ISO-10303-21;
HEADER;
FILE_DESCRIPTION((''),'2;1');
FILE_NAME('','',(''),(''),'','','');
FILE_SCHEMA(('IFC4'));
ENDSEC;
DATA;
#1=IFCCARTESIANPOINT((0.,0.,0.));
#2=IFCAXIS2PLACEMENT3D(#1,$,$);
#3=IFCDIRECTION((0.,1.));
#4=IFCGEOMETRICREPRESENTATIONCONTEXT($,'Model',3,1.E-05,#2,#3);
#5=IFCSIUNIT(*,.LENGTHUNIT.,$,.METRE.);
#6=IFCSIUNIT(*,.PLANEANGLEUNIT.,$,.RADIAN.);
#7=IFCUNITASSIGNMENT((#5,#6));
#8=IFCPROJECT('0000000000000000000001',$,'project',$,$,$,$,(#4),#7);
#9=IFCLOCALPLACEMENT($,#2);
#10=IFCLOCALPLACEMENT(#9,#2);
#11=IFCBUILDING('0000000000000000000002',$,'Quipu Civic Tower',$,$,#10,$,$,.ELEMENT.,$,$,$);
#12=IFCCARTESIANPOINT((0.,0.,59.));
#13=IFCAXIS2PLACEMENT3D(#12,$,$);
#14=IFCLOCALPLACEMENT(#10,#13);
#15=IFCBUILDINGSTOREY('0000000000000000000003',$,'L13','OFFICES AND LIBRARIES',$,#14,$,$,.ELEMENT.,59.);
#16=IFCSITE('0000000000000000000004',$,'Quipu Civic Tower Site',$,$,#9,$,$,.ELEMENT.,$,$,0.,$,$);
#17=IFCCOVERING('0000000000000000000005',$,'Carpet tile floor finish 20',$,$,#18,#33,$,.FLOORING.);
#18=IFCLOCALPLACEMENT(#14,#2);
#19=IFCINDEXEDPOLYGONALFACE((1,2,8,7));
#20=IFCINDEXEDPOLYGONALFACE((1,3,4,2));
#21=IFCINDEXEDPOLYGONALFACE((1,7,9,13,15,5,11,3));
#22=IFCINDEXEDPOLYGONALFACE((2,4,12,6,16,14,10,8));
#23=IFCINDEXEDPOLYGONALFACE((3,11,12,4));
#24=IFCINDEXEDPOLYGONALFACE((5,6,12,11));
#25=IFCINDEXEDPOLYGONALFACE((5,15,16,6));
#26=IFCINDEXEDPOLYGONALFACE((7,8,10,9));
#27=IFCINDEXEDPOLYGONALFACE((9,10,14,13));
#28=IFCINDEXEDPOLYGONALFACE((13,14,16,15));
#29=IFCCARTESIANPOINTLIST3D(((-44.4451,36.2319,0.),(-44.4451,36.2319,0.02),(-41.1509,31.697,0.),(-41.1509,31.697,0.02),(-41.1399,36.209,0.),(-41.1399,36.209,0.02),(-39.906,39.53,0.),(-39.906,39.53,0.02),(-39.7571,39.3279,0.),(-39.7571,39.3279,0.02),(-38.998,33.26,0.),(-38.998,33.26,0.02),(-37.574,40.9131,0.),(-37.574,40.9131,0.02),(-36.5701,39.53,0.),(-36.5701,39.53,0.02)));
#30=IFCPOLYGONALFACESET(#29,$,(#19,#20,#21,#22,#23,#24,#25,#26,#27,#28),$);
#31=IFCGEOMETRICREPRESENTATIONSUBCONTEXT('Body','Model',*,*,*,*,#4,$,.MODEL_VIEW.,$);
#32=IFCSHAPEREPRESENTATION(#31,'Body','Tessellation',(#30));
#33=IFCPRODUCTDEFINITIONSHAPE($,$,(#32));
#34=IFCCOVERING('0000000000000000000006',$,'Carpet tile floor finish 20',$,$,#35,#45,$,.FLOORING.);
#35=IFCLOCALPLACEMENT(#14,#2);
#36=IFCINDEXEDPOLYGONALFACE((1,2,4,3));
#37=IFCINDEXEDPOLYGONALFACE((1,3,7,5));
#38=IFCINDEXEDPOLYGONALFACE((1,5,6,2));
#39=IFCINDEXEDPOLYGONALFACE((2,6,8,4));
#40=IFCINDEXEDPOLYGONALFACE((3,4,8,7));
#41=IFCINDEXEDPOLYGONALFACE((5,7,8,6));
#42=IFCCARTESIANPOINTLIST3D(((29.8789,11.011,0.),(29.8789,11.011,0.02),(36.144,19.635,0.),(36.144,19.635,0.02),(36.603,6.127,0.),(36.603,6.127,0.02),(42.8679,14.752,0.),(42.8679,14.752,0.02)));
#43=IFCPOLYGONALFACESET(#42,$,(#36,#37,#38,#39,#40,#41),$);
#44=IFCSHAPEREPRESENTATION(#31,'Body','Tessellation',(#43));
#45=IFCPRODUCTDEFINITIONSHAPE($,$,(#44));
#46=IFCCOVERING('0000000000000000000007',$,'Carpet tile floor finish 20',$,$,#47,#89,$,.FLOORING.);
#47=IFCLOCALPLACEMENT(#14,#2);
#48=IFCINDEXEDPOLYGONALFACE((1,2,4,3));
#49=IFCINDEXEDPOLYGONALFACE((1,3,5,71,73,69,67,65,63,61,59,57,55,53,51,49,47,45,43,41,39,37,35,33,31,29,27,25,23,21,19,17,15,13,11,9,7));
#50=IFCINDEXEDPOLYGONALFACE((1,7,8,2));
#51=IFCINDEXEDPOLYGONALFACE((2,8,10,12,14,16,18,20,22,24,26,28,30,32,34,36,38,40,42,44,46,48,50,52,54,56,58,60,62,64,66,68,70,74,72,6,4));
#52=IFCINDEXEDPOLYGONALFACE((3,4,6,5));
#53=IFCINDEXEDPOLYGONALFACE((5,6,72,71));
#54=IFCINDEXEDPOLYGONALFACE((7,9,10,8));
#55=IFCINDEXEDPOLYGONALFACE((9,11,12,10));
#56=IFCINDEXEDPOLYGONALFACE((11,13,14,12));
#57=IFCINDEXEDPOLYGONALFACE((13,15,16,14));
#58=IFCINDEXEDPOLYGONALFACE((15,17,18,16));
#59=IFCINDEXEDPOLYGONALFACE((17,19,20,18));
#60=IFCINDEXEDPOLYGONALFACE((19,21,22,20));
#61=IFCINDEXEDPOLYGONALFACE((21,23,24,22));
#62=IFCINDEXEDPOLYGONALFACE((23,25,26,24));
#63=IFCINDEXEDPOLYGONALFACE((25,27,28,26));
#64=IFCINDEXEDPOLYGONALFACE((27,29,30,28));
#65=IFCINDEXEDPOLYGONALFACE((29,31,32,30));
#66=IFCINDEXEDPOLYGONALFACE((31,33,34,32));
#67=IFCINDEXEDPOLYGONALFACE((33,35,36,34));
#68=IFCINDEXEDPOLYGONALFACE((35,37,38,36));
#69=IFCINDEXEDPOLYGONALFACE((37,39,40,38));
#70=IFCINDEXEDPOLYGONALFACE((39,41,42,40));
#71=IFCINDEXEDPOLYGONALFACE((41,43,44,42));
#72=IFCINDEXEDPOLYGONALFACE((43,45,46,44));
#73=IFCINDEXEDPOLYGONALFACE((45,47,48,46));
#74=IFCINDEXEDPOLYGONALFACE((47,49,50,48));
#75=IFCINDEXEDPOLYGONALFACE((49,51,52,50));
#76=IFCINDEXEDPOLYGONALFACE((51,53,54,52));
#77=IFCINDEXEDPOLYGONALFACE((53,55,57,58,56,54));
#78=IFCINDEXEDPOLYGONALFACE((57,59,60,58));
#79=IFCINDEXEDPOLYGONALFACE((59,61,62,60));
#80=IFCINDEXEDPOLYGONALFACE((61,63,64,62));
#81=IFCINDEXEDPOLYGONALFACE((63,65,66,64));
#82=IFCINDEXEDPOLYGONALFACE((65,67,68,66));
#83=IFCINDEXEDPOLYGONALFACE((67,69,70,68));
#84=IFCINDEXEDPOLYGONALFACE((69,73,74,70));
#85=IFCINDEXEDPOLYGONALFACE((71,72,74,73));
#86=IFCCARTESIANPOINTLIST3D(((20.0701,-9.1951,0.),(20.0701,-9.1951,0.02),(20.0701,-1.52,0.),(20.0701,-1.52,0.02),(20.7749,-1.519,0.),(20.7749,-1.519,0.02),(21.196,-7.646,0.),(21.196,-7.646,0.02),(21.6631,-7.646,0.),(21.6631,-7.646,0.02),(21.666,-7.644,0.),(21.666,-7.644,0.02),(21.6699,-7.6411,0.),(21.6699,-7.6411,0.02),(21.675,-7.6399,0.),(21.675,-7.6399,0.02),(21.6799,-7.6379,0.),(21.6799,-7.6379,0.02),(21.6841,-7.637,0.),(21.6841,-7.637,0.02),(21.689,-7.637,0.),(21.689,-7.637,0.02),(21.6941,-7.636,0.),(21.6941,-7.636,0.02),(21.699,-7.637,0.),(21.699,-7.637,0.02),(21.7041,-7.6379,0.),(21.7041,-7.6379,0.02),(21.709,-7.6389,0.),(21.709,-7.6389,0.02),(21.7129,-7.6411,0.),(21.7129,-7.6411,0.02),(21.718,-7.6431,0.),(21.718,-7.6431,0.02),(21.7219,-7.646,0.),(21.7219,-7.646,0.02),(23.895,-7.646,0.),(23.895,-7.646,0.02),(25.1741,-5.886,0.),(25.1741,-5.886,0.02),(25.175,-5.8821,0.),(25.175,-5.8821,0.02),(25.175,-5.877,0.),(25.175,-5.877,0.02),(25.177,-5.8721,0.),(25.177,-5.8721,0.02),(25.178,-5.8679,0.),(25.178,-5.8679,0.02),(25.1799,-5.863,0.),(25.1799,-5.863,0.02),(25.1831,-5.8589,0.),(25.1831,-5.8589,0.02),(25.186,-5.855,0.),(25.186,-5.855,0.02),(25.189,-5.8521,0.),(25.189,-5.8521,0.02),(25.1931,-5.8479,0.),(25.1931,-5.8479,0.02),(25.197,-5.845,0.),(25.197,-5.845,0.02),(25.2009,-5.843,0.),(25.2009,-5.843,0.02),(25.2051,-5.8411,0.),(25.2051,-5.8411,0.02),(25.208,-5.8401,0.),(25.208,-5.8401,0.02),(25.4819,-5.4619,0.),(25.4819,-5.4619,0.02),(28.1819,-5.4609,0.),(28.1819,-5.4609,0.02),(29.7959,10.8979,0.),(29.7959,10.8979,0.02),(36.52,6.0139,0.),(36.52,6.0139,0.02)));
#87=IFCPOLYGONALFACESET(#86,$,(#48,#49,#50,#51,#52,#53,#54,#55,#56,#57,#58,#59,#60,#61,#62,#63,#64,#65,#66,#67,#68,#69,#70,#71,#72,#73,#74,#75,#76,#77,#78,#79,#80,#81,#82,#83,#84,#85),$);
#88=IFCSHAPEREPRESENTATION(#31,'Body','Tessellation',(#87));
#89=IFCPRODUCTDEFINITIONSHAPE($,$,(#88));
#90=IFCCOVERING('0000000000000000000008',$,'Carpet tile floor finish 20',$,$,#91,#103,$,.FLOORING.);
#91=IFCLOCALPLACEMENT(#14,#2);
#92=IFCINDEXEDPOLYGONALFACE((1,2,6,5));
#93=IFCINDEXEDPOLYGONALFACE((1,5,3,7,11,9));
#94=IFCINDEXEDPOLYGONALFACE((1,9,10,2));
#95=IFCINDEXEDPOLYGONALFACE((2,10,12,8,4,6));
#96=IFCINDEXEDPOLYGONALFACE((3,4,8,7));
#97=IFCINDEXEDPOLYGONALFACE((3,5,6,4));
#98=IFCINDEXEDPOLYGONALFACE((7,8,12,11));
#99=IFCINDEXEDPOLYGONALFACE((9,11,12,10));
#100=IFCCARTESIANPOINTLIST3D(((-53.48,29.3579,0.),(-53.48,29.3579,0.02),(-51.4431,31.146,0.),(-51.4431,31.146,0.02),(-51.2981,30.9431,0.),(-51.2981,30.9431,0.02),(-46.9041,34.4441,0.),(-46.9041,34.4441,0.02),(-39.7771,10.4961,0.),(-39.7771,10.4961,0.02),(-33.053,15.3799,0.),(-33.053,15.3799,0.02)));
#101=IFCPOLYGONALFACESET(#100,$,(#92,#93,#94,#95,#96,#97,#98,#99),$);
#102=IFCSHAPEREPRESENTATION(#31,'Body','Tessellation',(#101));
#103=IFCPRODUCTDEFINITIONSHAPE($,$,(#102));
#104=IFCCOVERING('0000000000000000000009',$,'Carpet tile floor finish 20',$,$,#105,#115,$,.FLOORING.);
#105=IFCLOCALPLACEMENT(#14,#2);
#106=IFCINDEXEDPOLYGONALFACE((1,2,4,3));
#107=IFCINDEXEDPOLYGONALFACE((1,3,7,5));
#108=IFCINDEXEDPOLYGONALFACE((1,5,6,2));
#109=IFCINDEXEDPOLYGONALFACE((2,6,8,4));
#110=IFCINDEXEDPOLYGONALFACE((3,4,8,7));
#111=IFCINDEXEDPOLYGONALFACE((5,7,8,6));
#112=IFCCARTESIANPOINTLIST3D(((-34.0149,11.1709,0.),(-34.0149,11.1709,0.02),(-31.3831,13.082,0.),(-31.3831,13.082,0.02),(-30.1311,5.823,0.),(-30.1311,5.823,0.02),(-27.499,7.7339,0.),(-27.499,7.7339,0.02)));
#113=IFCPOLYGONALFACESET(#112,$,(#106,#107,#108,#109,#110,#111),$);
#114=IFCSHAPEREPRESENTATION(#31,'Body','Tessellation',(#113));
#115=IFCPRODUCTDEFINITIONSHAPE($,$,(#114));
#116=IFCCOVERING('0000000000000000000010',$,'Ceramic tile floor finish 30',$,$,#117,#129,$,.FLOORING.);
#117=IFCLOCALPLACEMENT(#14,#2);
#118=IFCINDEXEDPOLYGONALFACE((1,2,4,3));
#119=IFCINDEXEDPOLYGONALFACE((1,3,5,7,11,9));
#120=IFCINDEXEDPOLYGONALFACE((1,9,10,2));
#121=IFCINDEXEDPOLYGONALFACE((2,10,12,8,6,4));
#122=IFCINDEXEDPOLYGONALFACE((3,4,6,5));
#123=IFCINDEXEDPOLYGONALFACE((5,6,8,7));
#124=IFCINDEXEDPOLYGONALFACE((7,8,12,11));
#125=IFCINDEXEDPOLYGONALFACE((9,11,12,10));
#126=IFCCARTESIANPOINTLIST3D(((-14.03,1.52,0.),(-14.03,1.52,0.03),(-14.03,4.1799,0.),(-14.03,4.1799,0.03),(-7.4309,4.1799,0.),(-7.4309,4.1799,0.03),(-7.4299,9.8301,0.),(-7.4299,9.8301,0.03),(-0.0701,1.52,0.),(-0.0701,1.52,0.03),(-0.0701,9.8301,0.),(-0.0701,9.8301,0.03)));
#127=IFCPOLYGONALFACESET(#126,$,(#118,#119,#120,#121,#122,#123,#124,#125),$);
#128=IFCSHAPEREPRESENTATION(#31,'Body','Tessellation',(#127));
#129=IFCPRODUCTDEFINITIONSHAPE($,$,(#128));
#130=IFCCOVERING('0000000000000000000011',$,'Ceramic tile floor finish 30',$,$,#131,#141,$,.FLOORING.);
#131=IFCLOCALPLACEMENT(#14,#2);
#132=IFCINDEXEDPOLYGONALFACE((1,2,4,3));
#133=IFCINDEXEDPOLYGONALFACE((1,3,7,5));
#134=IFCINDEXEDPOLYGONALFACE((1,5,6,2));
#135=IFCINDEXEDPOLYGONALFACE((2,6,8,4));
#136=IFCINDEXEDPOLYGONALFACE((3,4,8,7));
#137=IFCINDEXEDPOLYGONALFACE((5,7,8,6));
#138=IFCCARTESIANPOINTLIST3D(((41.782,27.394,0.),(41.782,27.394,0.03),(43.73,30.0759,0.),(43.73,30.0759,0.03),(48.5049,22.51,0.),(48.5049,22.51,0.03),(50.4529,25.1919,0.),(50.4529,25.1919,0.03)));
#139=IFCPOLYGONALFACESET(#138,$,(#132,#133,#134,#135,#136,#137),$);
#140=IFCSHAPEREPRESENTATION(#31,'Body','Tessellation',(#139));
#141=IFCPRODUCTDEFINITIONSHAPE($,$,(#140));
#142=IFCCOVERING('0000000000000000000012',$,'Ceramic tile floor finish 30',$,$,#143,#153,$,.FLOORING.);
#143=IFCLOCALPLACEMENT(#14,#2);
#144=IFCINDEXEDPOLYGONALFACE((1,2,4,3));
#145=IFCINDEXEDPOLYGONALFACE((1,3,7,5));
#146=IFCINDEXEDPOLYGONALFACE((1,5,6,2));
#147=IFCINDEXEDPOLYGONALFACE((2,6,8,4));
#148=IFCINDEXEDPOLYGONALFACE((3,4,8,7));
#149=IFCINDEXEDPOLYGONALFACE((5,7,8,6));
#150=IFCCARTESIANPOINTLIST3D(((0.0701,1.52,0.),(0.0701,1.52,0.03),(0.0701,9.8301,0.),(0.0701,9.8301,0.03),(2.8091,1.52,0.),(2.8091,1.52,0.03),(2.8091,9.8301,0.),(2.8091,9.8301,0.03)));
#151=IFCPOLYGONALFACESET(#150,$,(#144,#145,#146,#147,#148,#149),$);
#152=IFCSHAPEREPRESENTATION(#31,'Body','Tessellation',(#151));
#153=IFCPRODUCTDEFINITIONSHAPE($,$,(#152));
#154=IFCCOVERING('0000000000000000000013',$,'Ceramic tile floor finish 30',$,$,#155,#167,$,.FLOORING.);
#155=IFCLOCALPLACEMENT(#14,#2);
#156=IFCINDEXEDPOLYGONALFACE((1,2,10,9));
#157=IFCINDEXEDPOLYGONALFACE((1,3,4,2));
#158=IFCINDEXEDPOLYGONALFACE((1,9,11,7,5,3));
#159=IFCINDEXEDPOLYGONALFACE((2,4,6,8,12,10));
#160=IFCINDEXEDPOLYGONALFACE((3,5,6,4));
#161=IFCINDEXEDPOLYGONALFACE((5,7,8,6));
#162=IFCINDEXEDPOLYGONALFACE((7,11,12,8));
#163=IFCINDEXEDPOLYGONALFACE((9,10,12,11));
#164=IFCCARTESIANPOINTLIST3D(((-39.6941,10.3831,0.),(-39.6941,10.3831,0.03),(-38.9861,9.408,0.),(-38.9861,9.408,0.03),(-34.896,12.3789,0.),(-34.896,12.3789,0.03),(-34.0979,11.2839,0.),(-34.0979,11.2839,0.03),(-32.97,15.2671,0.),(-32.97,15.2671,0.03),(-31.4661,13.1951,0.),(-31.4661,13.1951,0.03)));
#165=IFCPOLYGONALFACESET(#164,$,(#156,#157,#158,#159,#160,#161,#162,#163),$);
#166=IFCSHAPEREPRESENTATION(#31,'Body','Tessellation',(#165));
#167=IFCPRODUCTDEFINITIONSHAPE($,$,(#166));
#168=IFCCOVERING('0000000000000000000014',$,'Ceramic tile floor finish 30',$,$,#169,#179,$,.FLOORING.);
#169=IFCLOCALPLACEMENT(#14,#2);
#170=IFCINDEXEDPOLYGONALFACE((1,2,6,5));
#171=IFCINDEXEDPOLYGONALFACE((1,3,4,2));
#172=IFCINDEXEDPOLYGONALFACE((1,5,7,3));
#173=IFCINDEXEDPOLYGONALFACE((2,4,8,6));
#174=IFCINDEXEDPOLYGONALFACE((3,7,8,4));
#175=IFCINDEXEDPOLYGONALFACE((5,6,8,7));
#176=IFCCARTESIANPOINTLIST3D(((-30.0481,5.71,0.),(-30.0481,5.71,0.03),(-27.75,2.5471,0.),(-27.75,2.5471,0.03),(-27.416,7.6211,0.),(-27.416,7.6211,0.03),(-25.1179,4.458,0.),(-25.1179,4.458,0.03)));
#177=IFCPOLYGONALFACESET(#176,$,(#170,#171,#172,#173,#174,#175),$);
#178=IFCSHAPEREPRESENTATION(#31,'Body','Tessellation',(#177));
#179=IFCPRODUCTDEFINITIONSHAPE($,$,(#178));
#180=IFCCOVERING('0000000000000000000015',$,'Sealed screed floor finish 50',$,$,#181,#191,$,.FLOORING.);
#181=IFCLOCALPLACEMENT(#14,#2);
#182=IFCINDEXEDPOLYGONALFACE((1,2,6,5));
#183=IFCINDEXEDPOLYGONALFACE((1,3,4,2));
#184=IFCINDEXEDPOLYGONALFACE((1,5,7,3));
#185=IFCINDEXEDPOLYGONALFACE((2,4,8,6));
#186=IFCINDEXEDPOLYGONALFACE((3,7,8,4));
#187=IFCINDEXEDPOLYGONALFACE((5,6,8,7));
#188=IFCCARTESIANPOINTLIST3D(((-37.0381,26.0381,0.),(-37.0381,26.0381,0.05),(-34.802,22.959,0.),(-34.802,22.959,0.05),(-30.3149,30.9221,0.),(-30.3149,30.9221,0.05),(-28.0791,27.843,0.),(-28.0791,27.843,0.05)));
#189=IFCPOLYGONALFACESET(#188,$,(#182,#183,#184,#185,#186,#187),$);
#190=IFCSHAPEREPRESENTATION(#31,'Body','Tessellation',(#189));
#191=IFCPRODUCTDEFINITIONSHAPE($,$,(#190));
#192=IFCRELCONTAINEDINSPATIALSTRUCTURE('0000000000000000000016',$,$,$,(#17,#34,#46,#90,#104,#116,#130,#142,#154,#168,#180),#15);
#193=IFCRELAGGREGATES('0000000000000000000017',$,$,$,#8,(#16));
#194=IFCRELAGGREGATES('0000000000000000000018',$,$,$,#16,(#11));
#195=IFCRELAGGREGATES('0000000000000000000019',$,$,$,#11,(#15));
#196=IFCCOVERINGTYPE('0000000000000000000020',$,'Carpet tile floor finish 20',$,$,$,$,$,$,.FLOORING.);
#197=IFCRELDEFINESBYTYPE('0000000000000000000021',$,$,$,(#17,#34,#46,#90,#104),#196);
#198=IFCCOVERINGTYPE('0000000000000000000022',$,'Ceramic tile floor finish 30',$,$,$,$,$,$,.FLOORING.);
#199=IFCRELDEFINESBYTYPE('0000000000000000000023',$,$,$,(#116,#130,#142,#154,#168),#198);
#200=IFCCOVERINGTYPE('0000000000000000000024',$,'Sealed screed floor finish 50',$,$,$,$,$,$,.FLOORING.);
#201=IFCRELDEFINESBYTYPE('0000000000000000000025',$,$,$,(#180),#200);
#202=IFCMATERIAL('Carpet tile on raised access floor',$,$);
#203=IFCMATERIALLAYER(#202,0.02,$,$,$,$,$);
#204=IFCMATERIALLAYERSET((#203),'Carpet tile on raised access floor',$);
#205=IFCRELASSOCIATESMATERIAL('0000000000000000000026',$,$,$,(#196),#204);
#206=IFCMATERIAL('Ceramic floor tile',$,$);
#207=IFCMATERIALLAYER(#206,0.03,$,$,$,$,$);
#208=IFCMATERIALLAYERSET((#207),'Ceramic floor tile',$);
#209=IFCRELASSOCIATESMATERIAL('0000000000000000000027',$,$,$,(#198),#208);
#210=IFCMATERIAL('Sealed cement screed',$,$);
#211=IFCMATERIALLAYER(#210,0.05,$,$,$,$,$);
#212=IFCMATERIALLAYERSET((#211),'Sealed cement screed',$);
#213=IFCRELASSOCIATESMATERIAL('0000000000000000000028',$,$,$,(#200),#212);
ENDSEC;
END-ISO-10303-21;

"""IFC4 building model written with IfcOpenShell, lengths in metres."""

from ifc_helpers import new_model, si_unit, direction, frame, origin, place, context, subcontext, project, spatial, polyline, outline, extrude, material, layer, layer_set, type_object, element, save


model = new_model("IFC4")

# Units and contexts
model_context = context("Model", 3, precision=1e-05, world=origin(), true_north=direction((0.0, 1.0)))
body_context = subcontext(model_context, "Body", "Model", "MODEL_VIEW")
ifc_project = project(units=[si_unit("LENGTHUNIT", "METRE"), si_unit("PLANEANGLEUNIT", "RADIAN")], contexts=[model_context])

# Site, building, storey
site_placement = place(None, origin())
site = spatial("IfcSite", under=ifc_project, at=site_placement, Name="Quipu Civic Tower Site", CompositionType="ELEMENT", RefElevation=0.0)
building_placement = place(site_placement, origin())
building = spatial("IfcBuilding", under=site, at=building_placement, Name="Quipu Civic Tower", CompositionType="ELEMENT")
storey_placement = place(building_placement, frame((0.0, 0.0, 59.0)))
storey = spatial("IfcBuildingStorey", under=building, at=storey_placement, Name="L13", Description="OFFICES AND LIBRARIES", CompositionType="ELEMENT", Elevation=59.0)

# Coverings
ifc_material_1 = material(Name="Carpet tile on raised access floor")
ifc_layer_1 = layer(ifc_material_1, 0.02)
ifc_layer_set_1 = layer_set([ifc_layer_1], Name="Carpet tile on raised access floor")
covering_type_1 = type_object("IfcCoveringType", Name="Carpet tile floor finish 20", PredefinedType="FLOORING", material=ifc_layer_set_1)
covering_1_placement = place(storey_placement, origin())
element("IfcCovering", 1, at=covering_1_placement, inside=storey, type_object=covering_type_1, Name="Carpet tile floor finish 20", PredefinedType="FLOORING", context=body_context, shape_type="SweptSolid", body=[
    extrude(outline(polyline([(-44.4451, 36.2319), (-39.906, 39.53), (-39.7571, 39.3279), (-37.574, 40.9131), (-36.5701, 39.53), (-41.1399, 36.209), (-38.998, 33.26), (-41.1509, 31.697), (-44.4451, 36.2319)])), origin(), (0.0, 0.0, 1.0), 0.02),
])
covering_2_placement = place(storey_placement, origin())
element("IfcCovering", 2, at=covering_2_placement, inside=storey, type_object=covering_type_1, Name="Carpet tile floor finish 20", PredefinedType="FLOORING", context=body_context, shape_type="SweptSolid", body=[
    extrude(outline(polyline([(29.8789, 11.011), (36.144, 19.635), (42.8679, 14.752), (36.603, 6.127), (29.8789, 11.011)])), origin(), (0.0, 0.0, 1.0), 0.02),
])
covering_3_placement = place(storey_placement, origin())
element("IfcCovering", 3, at=covering_3_placement, inside=storey, type_object=covering_type_1, Name="Carpet tile floor finish 20", PredefinedType="FLOORING", context=body_context, shape_type="SweptSolid", body=[
    extrude(outline(polyline([(20.0701, -9.1951), (20.0701, -1.52), (20.7749, -1.519), (29.7959, 10.8979), (36.52, 6.0139), (28.1819, -5.4609), (25.4819, -5.4619), (25.208, -5.8401), (25.2051, -5.8411), (25.2009, -5.843), (25.197, -5.845), (25.1931, -5.8479), (25.189, -5.8521), (25.186, -5.855), (25.1831, -5.8589), (25.1799, -5.863), (25.178, -5.8679), (25.177, -5.8721), (25.175, -5.877), (25.175, -5.8821), (25.1741, -5.886), (23.895, -7.646), (21.7219, -7.646), (21.7219, -7.646), (21.718, -7.6431), (21.7129, -7.6411), (21.709, -7.6389), (21.7041, -7.6379), (21.699, -7.637), (21.6941, -7.636), (21.689, -7.637), (21.6841, -7.637), (21.6799, -7.6379), (21.675, -7.6399), (21.6699, -7.6411), (21.666, -7.644), (21.6631, -7.646), (21.196, -7.646), (20.0701, -9.1951)])), origin(), (0.0, 0.0, 1.0), 0.02),
])
covering_4_placement = place(storey_placement, origin())
element("IfcCovering", 4, at=covering_4_placement, inside=storey, type_object=covering_type_1, Name="Carpet tile floor finish 20", PredefinedType="FLOORING", context=body_context, shape_type="SweptSolid", body=[
    extrude(outline(polyline([(-53.48, 29.3579), (-51.2981, 30.9431), (-51.4431, 31.146), (-46.9041, 34.4441), (-33.053, 15.3799), (-39.7771, 10.4961), (-53.48, 29.3579)])), origin(), (0.0, 0.0, 1.0), 0.02),
])
covering_5_placement = place(storey_placement, origin())
element("IfcCovering", 5, at=covering_5_placement, inside=storey, type_object=covering_type_1, Name="Carpet tile floor finish 20", PredefinedType="FLOORING", context=body_context, shape_type="SweptSolid", body=[
    extrude(outline(polyline([(-34.0149, 11.1709), (-31.3831, 13.082), (-27.499, 7.7339), (-30.1311, 5.823), (-34.0149, 11.1709)])), origin(), (0.0, 0.0, 1.0), 0.02),
])
ifc_material_2 = material(Name="Ceramic floor tile")
ifc_layer_2 = layer(ifc_material_2, 0.03)
ifc_layer_set_2 = layer_set([ifc_layer_2], Name="Ceramic floor tile")
covering_type_2 = type_object("IfcCoveringType", Name="Ceramic tile floor finish 30", PredefinedType="FLOORING", material=ifc_layer_set_2)
covering_6_placement = place(storey_placement, origin())
element("IfcCovering", 6, at=covering_6_placement, inside=storey, type_object=covering_type_2, Name="Ceramic tile floor finish 30", PredefinedType="FLOORING", context=body_context, shape_type="SweptSolid", body=[
    extrude(outline(polyline([(-14.03, 4.1799), (-7.4309, 4.1799), (-7.4299, 9.8301), (-0.0701, 9.8301), (-0.0701, 1.52), (-14.03, 1.52), (-14.03, 4.1799)])), origin(), (0.0, 0.0, 1.0), 0.03),
])
covering_7_placement = place(storey_placement, origin())
element("IfcCovering", 7, at=covering_7_placement, inside=storey, type_object=covering_type_2, Name="Ceramic tile floor finish 30", PredefinedType="FLOORING", context=body_context, shape_type="SweptSolid", body=[
    extrude(outline(polyline([(41.782, 27.394), (43.73, 30.0759), (50.4529, 25.1919), (48.5049, 22.51), (41.782, 27.394)])), origin(), (0.0, 0.0, 1.0), 0.03),
])
covering_8_placement = place(storey_placement, origin())
element("IfcCovering", 8, at=covering_8_placement, inside=storey, type_object=covering_type_2, Name="Ceramic tile floor finish 30", PredefinedType="FLOORING", context=body_context, shape_type="SweptSolid", body=[
    extrude(outline(polyline([(0.0701, 9.8301), (2.8091, 9.8301), (2.8091, 1.52), (0.0701, 1.52), (0.0701, 9.8301)])), origin(), (0.0, 0.0, 1.0), 0.03),
])
covering_9_placement = place(storey_placement, origin())
element("IfcCovering", 9, at=covering_9_placement, inside=storey, type_object=covering_type_2, Name="Ceramic tile floor finish 30", PredefinedType="FLOORING", context=body_context, shape_type="SweptSolid", body=[
    extrude(outline(polyline([(-39.6941, 10.3831), (-32.97, 15.2671), (-31.4661, 13.1951), (-34.0979, 11.2839), (-34.896, 12.3789), (-38.9861, 9.408), (-39.6941, 10.3831)])), origin(), (0.0, 0.0, 1.0), 0.03),
])
covering_10_placement = place(storey_placement, origin())
element("IfcCovering", 10, at=covering_10_placement, inside=storey, type_object=covering_type_2, Name="Ceramic tile floor finish 30", PredefinedType="FLOORING", context=body_context, shape_type="SweptSolid", body=[
    extrude(outline(polyline([(-30.0481, 5.71), (-27.416, 7.6211), (-25.1179, 4.458), (-27.75, 2.5471), (-30.0481, 5.71)])), origin(), (0.0, 0.0, 1.0), 0.03),
])
ifc_material_3 = material(Name="Sealed cement screed")
ifc_layer_3 = layer(ifc_material_3, 0.05)
ifc_layer_set_3 = layer_set([ifc_layer_3], Name="Sealed cement screed")
covering_type_3 = type_object("IfcCoveringType", Name="Sealed screed floor finish 50", PredefinedType="FLOORING", material=ifc_layer_set_3)
covering_11_placement = place(storey_placement, origin())
element("IfcCovering", 11, at=covering_11_placement, inside=storey, type_object=covering_type_3, Name="Sealed screed floor finish 50", PredefinedType="FLOORING", context=body_context, shape_type="SweptSolid", body=[
    extrude(outline(polyline([(-37.0381, 26.0381), (-30.3149, 30.9221), (-28.0791, 27.843), (-34.802, 22.959), (-37.0381, 26.0381)])), origin(), (0.0, 0.0, 1.0), 0.05),
])

save(model, "model.ifc")
